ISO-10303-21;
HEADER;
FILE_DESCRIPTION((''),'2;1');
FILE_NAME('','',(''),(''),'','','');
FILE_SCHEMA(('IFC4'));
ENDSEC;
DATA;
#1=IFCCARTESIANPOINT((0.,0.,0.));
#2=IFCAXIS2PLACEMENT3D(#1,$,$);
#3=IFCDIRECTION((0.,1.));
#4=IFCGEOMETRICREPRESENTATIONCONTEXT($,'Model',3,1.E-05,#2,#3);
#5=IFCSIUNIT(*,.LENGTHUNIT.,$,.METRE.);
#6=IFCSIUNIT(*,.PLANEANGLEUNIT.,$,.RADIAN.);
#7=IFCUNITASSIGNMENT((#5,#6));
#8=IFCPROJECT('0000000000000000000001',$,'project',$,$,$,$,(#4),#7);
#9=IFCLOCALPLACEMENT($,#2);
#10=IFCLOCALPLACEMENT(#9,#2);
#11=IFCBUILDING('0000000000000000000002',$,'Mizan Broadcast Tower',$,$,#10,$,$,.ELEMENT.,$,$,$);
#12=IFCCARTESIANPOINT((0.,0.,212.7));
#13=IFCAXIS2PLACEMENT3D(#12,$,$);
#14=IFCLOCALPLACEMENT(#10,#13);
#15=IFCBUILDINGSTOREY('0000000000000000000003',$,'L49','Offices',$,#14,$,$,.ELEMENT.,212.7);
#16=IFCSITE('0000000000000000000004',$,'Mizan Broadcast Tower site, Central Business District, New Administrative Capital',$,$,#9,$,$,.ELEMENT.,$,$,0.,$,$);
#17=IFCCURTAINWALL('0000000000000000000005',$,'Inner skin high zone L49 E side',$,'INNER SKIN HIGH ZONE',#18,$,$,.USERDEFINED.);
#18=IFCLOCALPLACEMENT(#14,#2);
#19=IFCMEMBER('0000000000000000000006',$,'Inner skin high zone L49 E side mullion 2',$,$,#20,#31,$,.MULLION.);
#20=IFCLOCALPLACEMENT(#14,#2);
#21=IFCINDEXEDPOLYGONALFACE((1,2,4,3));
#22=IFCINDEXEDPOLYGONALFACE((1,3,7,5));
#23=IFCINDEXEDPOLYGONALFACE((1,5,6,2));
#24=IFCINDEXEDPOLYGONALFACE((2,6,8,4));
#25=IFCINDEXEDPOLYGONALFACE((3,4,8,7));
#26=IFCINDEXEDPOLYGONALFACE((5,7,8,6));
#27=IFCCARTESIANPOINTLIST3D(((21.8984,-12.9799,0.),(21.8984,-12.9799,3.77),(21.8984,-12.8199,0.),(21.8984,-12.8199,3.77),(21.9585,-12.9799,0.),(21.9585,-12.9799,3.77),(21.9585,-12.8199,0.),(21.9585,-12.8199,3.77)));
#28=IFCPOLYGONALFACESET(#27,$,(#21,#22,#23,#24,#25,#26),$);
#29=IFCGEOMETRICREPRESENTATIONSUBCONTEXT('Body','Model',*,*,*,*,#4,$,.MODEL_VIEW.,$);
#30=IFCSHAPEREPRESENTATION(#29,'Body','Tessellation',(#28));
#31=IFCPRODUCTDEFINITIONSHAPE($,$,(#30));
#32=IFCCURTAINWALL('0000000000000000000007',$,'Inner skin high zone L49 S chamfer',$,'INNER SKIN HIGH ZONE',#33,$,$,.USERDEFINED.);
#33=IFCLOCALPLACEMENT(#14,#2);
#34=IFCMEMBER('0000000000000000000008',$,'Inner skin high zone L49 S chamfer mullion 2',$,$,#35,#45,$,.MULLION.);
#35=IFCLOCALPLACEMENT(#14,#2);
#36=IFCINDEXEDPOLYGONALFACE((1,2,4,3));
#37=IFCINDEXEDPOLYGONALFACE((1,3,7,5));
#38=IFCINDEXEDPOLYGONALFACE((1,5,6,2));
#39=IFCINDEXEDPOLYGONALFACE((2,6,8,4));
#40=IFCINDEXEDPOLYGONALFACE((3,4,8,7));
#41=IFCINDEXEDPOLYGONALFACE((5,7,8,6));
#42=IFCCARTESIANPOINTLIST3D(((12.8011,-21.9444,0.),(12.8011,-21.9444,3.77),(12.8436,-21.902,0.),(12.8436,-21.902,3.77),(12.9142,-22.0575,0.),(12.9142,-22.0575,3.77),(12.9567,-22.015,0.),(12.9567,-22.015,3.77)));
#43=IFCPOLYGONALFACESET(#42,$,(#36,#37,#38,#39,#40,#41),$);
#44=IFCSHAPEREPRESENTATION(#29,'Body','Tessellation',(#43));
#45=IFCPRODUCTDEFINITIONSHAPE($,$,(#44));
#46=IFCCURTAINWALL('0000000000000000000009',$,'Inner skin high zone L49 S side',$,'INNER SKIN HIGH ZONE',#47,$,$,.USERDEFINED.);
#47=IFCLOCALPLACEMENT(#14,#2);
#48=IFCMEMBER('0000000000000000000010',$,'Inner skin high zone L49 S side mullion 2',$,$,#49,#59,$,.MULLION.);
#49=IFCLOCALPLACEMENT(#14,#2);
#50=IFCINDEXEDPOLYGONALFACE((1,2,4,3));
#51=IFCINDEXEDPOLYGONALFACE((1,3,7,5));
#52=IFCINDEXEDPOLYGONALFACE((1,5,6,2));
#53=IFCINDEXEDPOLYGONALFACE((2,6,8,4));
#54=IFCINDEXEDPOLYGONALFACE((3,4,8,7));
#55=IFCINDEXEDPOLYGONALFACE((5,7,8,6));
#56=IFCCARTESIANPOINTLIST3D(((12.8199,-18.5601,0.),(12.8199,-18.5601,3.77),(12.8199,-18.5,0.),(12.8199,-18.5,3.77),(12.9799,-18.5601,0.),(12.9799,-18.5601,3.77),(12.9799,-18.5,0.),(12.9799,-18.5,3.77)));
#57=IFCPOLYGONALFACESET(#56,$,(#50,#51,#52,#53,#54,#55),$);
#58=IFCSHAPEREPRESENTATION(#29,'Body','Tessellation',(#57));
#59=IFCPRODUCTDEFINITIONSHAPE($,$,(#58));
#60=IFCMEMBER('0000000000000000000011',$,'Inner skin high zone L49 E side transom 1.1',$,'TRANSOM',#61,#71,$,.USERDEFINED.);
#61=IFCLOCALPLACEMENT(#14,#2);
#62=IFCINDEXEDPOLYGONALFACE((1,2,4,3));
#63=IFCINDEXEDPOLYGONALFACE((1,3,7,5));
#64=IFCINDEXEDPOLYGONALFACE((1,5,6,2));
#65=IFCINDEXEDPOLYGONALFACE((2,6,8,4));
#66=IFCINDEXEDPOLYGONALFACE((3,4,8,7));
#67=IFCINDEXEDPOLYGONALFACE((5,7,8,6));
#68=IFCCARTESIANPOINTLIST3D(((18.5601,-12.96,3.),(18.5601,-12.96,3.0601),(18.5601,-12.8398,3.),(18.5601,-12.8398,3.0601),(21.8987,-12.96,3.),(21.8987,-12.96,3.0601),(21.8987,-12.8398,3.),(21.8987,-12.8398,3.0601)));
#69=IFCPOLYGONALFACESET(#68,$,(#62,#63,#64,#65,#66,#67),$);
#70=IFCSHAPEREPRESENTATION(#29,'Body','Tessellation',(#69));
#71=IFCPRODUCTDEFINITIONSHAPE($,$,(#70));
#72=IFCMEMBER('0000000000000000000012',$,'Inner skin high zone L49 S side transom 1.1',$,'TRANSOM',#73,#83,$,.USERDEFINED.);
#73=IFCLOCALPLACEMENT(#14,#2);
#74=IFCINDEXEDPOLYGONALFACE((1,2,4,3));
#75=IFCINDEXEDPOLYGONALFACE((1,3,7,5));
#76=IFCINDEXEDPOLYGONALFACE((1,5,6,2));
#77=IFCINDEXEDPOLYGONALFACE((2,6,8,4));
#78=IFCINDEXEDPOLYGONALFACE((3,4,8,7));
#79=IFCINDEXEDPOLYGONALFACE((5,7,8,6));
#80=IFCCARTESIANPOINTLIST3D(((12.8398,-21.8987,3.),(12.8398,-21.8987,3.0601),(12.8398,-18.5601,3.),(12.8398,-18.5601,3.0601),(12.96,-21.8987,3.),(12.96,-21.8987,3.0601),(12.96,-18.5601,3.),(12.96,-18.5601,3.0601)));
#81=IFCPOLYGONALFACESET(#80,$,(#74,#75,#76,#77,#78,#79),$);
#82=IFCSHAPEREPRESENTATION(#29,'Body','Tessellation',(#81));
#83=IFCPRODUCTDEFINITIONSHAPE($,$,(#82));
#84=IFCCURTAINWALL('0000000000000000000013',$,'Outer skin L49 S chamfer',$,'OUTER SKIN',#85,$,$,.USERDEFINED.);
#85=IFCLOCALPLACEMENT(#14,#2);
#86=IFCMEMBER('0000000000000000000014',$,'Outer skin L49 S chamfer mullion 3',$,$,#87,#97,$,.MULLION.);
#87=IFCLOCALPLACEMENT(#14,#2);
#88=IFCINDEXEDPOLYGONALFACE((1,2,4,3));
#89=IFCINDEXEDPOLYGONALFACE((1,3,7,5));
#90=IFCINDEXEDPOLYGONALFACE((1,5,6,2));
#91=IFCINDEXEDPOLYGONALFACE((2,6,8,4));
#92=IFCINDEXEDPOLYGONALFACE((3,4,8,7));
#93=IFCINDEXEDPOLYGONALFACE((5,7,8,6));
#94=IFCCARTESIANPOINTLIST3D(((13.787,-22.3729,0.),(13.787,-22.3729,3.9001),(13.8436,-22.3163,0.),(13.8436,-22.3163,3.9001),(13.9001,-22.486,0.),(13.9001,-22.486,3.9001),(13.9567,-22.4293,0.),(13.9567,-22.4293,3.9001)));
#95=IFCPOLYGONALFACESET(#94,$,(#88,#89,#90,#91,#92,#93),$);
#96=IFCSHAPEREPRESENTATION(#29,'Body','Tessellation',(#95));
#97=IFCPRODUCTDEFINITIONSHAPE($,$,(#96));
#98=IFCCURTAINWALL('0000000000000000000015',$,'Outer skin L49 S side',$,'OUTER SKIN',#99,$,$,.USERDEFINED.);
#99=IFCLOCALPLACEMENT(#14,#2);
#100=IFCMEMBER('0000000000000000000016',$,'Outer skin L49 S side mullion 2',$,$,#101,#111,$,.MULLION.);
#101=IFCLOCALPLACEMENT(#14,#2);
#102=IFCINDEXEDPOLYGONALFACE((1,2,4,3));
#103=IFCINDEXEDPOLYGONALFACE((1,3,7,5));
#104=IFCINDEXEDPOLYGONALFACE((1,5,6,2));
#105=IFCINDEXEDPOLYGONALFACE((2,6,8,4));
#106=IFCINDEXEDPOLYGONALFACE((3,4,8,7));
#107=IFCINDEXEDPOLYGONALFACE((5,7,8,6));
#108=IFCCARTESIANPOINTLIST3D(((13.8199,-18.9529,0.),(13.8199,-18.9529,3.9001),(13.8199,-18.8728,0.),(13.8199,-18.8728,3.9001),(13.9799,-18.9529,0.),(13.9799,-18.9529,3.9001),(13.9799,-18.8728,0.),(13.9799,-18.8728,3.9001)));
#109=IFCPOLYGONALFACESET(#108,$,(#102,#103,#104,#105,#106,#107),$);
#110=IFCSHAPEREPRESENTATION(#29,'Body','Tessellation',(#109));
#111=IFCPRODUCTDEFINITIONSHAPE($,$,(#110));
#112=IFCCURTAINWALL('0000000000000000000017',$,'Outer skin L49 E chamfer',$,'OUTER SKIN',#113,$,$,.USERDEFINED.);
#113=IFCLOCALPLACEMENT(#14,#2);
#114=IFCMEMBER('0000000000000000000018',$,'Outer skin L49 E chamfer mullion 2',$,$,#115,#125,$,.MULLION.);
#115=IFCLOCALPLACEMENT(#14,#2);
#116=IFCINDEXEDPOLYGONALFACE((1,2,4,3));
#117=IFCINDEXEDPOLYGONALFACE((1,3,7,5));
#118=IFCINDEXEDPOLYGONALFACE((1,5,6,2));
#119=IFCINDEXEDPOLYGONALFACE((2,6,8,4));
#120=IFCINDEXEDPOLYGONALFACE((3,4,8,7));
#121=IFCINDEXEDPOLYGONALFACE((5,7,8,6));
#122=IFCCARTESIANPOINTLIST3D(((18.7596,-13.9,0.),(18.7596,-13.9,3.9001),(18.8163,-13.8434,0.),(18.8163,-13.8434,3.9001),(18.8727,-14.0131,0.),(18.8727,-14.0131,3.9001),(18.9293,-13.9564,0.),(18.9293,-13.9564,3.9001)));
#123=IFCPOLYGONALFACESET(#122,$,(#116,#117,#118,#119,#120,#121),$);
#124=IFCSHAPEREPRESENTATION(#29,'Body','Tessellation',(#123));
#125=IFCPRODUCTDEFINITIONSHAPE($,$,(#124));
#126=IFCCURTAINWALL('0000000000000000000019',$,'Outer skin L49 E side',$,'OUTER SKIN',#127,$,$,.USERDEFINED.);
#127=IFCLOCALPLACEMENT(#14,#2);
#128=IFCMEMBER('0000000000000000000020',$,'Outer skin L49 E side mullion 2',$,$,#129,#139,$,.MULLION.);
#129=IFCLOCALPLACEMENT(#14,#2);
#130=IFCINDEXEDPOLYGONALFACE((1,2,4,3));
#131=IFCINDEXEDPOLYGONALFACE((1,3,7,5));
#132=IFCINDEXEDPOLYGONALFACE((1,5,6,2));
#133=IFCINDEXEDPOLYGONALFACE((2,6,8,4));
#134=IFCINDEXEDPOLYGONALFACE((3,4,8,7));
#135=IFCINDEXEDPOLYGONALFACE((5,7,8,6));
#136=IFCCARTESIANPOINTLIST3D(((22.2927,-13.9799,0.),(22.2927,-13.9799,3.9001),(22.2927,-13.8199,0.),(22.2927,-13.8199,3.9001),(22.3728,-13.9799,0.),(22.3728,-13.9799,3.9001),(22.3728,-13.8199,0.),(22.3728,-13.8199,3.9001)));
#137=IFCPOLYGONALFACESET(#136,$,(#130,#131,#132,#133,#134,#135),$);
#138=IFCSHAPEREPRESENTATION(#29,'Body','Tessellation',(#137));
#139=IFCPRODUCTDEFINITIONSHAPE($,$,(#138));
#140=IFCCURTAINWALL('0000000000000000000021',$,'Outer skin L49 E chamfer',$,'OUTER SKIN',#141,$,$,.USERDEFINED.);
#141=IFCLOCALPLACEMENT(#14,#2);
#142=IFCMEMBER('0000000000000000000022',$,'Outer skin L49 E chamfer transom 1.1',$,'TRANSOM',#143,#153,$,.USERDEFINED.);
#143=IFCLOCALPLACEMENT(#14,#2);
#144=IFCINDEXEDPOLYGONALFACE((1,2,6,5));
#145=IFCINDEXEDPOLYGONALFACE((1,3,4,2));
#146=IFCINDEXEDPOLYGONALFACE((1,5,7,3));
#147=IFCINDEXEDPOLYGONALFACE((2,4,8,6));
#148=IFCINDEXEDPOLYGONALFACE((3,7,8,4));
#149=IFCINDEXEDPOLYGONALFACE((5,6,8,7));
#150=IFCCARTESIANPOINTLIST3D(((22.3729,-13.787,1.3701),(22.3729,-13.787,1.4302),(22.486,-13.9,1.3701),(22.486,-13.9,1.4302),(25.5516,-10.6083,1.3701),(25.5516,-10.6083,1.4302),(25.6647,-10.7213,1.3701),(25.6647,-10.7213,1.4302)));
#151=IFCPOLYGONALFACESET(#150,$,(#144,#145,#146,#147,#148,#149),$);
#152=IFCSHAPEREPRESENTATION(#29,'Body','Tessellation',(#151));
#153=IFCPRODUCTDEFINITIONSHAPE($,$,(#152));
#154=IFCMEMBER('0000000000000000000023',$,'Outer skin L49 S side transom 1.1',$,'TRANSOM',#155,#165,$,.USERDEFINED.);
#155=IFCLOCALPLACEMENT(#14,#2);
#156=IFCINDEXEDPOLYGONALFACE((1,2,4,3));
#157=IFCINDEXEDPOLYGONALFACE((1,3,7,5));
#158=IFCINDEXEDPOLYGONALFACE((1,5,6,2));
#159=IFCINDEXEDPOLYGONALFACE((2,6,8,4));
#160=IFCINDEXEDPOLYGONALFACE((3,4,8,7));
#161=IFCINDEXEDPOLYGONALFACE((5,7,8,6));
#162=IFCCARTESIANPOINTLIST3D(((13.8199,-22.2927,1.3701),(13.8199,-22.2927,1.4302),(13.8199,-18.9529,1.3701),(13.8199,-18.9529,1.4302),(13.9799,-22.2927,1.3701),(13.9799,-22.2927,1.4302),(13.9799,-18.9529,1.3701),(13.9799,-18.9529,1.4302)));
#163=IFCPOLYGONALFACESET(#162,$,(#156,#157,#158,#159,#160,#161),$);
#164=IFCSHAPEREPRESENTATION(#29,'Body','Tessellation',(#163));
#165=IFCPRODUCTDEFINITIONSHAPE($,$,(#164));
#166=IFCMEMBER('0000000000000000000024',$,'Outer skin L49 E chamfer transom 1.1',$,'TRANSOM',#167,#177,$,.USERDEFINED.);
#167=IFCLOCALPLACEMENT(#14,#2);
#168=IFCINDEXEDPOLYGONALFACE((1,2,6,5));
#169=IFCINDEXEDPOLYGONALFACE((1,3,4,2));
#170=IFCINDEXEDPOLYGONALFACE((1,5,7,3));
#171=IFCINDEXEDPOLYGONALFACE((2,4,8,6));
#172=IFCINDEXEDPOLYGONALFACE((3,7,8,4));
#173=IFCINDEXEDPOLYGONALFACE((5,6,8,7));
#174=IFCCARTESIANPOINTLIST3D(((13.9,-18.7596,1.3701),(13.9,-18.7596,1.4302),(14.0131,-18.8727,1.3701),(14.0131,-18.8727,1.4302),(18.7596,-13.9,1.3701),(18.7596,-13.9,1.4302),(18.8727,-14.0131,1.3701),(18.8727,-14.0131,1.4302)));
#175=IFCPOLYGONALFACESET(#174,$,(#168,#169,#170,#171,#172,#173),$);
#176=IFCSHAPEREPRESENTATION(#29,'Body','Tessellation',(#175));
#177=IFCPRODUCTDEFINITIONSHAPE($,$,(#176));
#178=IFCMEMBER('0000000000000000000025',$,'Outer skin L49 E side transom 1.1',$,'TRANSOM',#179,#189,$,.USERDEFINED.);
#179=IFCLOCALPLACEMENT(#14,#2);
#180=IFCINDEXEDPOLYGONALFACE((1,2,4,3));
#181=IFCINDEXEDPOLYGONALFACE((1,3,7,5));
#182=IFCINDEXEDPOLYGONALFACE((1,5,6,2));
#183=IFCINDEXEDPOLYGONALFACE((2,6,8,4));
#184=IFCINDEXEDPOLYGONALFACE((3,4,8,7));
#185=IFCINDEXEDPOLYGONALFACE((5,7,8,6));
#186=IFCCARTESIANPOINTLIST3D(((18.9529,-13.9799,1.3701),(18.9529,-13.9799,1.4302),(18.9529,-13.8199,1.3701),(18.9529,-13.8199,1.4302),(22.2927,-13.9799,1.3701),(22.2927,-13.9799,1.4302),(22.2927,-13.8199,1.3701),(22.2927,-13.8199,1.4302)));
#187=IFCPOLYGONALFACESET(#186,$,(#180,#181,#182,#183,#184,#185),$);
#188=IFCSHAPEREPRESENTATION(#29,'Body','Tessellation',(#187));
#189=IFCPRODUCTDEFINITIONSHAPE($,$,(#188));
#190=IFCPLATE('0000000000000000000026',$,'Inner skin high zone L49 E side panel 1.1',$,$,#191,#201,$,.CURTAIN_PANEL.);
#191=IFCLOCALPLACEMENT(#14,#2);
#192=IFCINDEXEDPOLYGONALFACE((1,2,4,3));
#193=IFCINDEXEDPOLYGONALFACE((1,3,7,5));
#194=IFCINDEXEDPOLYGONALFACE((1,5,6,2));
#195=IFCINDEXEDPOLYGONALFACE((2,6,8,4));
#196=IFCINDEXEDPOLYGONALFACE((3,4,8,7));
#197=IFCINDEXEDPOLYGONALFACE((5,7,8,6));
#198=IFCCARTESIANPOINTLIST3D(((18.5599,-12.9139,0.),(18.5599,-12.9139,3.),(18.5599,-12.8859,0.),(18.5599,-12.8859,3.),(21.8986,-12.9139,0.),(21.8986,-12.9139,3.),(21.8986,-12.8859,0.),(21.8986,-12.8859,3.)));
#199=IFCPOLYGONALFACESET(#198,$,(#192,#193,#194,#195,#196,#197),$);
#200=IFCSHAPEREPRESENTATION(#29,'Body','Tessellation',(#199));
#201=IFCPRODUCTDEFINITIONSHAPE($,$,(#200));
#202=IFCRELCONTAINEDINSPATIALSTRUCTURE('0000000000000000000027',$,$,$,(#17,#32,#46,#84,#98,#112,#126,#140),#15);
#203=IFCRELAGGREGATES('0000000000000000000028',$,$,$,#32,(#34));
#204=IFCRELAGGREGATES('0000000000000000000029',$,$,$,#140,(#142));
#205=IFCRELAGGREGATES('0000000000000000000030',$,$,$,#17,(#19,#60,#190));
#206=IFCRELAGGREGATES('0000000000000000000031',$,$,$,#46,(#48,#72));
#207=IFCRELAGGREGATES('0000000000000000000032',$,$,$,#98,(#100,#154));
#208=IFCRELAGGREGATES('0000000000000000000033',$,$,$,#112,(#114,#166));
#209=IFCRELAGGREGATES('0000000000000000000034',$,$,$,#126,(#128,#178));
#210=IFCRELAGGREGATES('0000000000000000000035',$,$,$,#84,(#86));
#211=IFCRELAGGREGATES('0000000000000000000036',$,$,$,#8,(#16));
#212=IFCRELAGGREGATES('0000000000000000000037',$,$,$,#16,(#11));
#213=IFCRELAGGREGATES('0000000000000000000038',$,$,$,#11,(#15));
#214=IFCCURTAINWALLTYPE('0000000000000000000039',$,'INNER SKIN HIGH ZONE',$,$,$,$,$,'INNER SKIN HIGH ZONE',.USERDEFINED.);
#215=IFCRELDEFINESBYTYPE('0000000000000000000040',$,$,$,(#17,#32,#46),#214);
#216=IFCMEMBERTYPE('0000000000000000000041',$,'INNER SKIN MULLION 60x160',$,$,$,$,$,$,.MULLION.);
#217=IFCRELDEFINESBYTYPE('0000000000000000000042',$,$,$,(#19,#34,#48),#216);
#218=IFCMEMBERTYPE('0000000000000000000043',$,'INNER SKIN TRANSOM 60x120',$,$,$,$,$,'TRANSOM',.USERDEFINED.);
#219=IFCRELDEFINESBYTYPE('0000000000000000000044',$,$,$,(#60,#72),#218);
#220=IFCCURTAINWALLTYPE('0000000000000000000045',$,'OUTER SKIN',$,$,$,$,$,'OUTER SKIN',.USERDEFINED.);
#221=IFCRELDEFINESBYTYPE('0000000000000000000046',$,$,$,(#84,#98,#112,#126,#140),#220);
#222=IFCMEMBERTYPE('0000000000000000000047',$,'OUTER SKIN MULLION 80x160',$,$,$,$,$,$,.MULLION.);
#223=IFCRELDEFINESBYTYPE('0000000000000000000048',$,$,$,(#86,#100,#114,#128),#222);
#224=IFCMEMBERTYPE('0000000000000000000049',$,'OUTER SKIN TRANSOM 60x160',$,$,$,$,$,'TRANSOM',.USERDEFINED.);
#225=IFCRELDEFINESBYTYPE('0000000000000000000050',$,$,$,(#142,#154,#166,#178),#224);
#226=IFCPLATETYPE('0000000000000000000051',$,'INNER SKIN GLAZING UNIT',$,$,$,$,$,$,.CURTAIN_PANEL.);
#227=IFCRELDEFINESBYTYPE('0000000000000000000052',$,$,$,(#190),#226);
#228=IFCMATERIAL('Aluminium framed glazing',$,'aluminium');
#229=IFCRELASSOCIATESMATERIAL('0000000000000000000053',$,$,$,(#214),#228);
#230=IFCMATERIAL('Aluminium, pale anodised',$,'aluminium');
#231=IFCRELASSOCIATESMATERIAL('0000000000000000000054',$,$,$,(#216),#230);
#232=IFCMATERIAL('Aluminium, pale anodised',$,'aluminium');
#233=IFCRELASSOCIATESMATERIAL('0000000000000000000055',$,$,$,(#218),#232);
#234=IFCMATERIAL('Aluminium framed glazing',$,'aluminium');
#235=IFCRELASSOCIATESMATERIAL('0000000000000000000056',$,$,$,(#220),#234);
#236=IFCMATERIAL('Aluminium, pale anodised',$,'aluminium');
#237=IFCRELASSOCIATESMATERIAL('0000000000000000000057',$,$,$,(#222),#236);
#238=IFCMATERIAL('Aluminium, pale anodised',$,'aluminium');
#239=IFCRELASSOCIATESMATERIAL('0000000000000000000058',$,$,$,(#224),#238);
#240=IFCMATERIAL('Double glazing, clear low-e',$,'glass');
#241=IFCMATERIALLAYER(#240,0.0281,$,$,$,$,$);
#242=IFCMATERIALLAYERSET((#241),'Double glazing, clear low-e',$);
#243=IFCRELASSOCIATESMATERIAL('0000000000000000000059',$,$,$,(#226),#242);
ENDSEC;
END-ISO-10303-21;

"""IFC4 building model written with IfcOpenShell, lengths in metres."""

from ifc_helpers import new_model, si_unit, direction, frame, origin, origin_2d, place, context, subcontext, project, spatial, rectangle, extrude, material, layer, layer_set, material_profile, profile_set, type_object, element, aggregate, save


model = new_model("IFC4")

# Units and contexts
model_context = context("Model", 3, precision=1e-05, world=origin(), true_north=direction((0.0, 1.0)))
body_context = subcontext(model_context, "Body", "Model", "MODEL_VIEW")
ifc_project = project(units=[si_unit("LENGTHUNIT", "METRE"), si_unit("PLANEANGLEUNIT", "RADIAN")], contexts=[model_context])

# Site, building, storey
site_placement = place(None, origin())
site = spatial("IfcSite", under=ifc_project, at=site_placement, Name="Mizan Broadcast Tower site, Central Business District, New Administrative Capital", CompositionType="ELEMENT", RefElevation=0.0)
building_placement = place(site_placement, origin())
building = spatial("IfcBuilding", under=site, at=building_placement, Name="Mizan Broadcast Tower", CompositionType="ELEMENT")
storey_placement = place(building_placement, frame((0.0, 0.0, 212.7)))
storey = spatial("IfcBuildingStorey", under=building, at=storey_placement, Name="L49", Description="Offices", CompositionType="ELEMENT", Elevation=212.7)

# Curtain walls, members
ifc_material_1 = material(Name="Aluminium framed glazing", Category="aluminium")
curtain_wall_type_1 = type_object("IfcCurtainWallType", Name="INNER SKIN HIGH ZONE", ElementType="INNER SKIN HIGH ZONE", PredefinedType="USERDEFINED", material=ifc_material_1)
curtain_wall_1_placement = place(storey_placement, origin())
curtain_wall_1 = element("IfcCurtainWall", 1, at=curtain_wall_1_placement, inside=storey, type_object=curtain_wall_type_1, Name="Inner skin high zone L49 E side", ObjectType="INNER SKIN HIGH ZONE", PredefinedType="USERDEFINED")
ifc_material_2 = material(Name="Aluminium, pale anodised", Category="aluminium")
ifc_material_profile_1 = material_profile(ifc_material_2, rectangle(XDim=0.1599, YDim=0.0601, at=origin_2d()), Name="MULLION 160x60")
ifc_profile_set_1 = profile_set([ifc_material_profile_1], Name="Aluminium, pale anodised")
member_type_1 = type_object("IfcMemberType", Name="INNER SKIN MULLION 60x160", PredefinedType="MULLION", material=ifc_profile_set_1)
member_1_placement = place(storey_placement, frame((21.9285, -12.8999, 0.0), z_axis=(0.0, 0.0, 1.0), x_axis=(0.0, 1.0, 0.0)))
member_1 = element("IfcMember", 2, at=member_1_placement, type_object=member_type_1, Name="Inner skin high zone L49 E side mullion 2", PredefinedType="MULLION", context=body_context, shape_type="SweptSolid", body=[
    extrude(rectangle(XDim=0.1599, YDim=0.0601, at=origin_2d()), origin(), (0.0, 0.0, 1.0), 3.77),
])
curtain_wall_2_placement = place(storey_placement, origin())
curtain_wall_2 = element("IfcCurtainWall", 3, at=curtain_wall_2_placement, inside=storey, type_object=curtain_wall_type_1, Name="Inner skin high zone L49 S chamfer", ObjectType="INNER SKIN HIGH ZONE", PredefinedType="USERDEFINED")
member_2_placement = place(storey_placement, frame((12.8789, -21.9797, 0.0), z_axis=(0.0, 0.0, 1.0), x_axis=(-0.707107, 0.707107, 0.0)))
member_2 = element("IfcMember", 4, at=member_2_placement, type_object=member_type_1, Name="Inner skin high zone L49 S chamfer mullion 2", PredefinedType="MULLION", context=body_context, shape_type="SweptSolid", body=[
    extrude(rectangle(XDim=0.1599, YDim=0.0601, at=origin_2d()), origin(), (0.0, 0.0, 1.0), 3.77),
])
aggregate(curtain_wall_2, [member_2])
curtain_wall_3_placement = place(storey_placement, origin())
curtain_wall_3 = element("IfcCurtainWall", 5, at=curtain_wall_3_placement, inside=storey, type_object=curtain_wall_type_1, Name="Inner skin high zone L49 S side", ObjectType="INNER SKIN HIGH ZONE", PredefinedType="USERDEFINED")
member_3_placement = place(storey_placement, frame((12.8999, -18.53, 0.0), z_axis=(0.0, 0.0, 1.0), x_axis=(-1.0, 0.0, 0.0)))
member_3 = element("IfcMember", 6, at=member_3_placement, type_object=member_type_1, Name="Inner skin high zone L49 S side mullion 2", PredefinedType="MULLION", context=body_context, shape_type="SweptSolid", body=[
    extrude(rectangle(XDim=0.1599, YDim=0.0601, at=origin_2d()), origin(), (0.0, 0.0, 1.0), 3.77),
])

# Members
ifc_material_3 = material(Name="Aluminium, pale anodised", Category="aluminium")
ifc_material_profile_2 = material_profile(ifc_material_3, rectangle(XDim=0.1201, YDim=0.0601, at=origin_2d()), Name="TRANSOM 120x60")
ifc_profile_set_2 = profile_set([ifc_material_profile_2], Name="Aluminium, pale anodised")
member_type_2 = type_object("IfcMemberType", Name="INNER SKIN TRANSOM 60x120", ElementType="TRANSOM", PredefinedType="USERDEFINED", material=ifc_profile_set_2)
member_4_placement = place(storey_placement, frame((18.5601, -12.8999, 3.03), z_axis=(1.0, 0.0, 0.0), x_axis=(0.0, 1.0, 0.0)))
member_4 = element("IfcMember", 7, at=member_4_placement, type_object=member_type_2, Name="Inner skin high zone L49 E side transom 1.1", ObjectType="TRANSOM", PredefinedType="USERDEFINED", context=body_context, shape_type="SweptSolid", body=[
    extrude(rectangle(XDim=0.1201, YDim=0.0601, at=origin_2d()), origin(), (0.0, 0.0, 1.0), 3.3386),
])
member_5_placement = place(storey_placement, frame((12.8999, -21.8987, 3.03), z_axis=(0.0, 1.0, 0.0), x_axis=(-1.0, 0.0, 0.0)))
member_5 = element("IfcMember", 8, at=member_5_placement, type_object=member_type_2, Name="Inner skin high zone L49 S side transom 1.1", ObjectType="TRANSOM", PredefinedType="USERDEFINED", context=body_context, shape_type="SweptSolid", body=[
    extrude(rectangle(XDim=0.1201, YDim=0.0601, at=origin_2d()), origin(), (0.0, 0.0, 1.0), 3.3386),
])

# Curtain walls, members
ifc_material_4 = material(Name="Aluminium framed glazing", Category="aluminium")
curtain_wall_type_2 = type_object("IfcCurtainWallType", Name="OUTER SKIN", ElementType="OUTER SKIN", PredefinedType="USERDEFINED", material=ifc_material_4)
curtain_wall_4_placement = place(storey_placement, origin())
curtain_wall_4 = element("IfcCurtainWall", 9, at=curtain_wall_4_placement, inside=storey, type_object=curtain_wall_type_2, Name="Outer skin L49 S chamfer", ObjectType="OUTER SKIN", PredefinedType="USERDEFINED")
ifc_material_5 = material(Name="Aluminium, pale anodised", Category="aluminium")
ifc_material_profile_3 = material_profile(ifc_material_5, rectangle(XDim=0.1599, YDim=0.0801, at=origin_2d()), Name="MULLION 160x80")
ifc_profile_set_3 = profile_set([ifc_material_profile_3], Name="Aluminium, pale anodised")
member_type_3 = type_object("IfcMemberType", Name="OUTER SKIN MULLION 80x160", PredefinedType="MULLION", material=ifc_profile_set_3)
member_6_placement = place(storey_placement, frame((13.8718, -22.4011, 0.0), z_axis=(0.0, 0.0, 1.0), x_axis=(-0.707107, 0.707107, 0.0)))
member_6 = element("IfcMember", 10, at=member_6_placement, type_object=member_type_3, Name="Outer skin L49 S chamfer mullion 3", PredefinedType="MULLION", context=body_context, shape_type="SweptSolid", body=[
    extrude(rectangle(XDim=0.1599, YDim=0.0801, at=origin_2d()), origin(), (0.0, 0.0, 1.0), 3.9001),
])
curtain_wall_5_placement = place(storey_placement, origin())
curtain_wall_5 = element("IfcCurtainWall", 11, at=curtain_wall_5_placement, inside=storey, type_object=curtain_wall_type_2, Name="Outer skin L49 S side", ObjectType="OUTER SKIN", PredefinedType="USERDEFINED")
member_7_placement = place(storey_placement, frame((13.8999, -18.9128, 0.0), z_axis=(0.0, 0.0, 1.0), x_axis=(-1.0, 0.0, 0.0)))
member_7 = element("IfcMember", 12, at=member_7_placement, type_object=member_type_3, Name="Outer skin L49 S side mullion 2", PredefinedType="MULLION", context=body_context, shape_type="SweptSolid", body=[
    extrude(rectangle(XDim=0.1599, YDim=0.0801, at=origin_2d()), origin(), (0.0, 0.0, 1.0), 3.9001),
])
curtain_wall_6_placement = place(storey_placement, origin())
curtain_wall_6 = element("IfcCurtainWall", 13, at=curtain_wall_6_placement, inside=storey, type_object=curtain_wall_type_2, Name="Outer skin L49 E chamfer", ObjectType="OUTER SKIN", PredefinedType="USERDEFINED")
member_8_placement = place(storey_placement, frame((18.8445, -13.9282, 0.0), z_axis=(0.0, 0.0, 1.0), x_axis=(-0.707107, 0.707107, 0.0)))
member_8 = element("IfcMember", 14, at=member_8_placement, type_object=member_type_3, Name="Outer skin L49 E chamfer mullion 2", PredefinedType="MULLION", context=body_context, shape_type="SweptSolid", body=[
    extrude(rectangle(XDim=0.1599, YDim=0.0801, at=origin_2d()), origin(), (0.0, 0.0, 1.0), 3.9001),
])
curtain_wall_7_placement = place(storey_placement, origin())
curtain_wall_7 = element("IfcCurtainWall", 15, at=curtain_wall_7_placement, inside=storey, type_object=curtain_wall_type_2, Name="Outer skin L49 E side", ObjectType="OUTER SKIN", PredefinedType="USERDEFINED")
member_9_placement = place(storey_placement, frame((22.3328, -13.8999, 0.0), z_axis=(0.0, 0.0, 1.0), x_axis=(0.0, 1.0, 0.0)))
member_9 = element("IfcMember", 16, at=member_9_placement, type_object=member_type_3, Name="Outer skin L49 E side mullion 2", PredefinedType="MULLION", context=body_context, shape_type="SweptSolid", body=[
    extrude(rectangle(XDim=0.1599, YDim=0.0801, at=origin_2d()), origin(), (0.0, 0.0, 1.0), 3.9001),
])
curtain_wall_8_placement = place(storey_placement, origin())
curtain_wall_8 = element("IfcCurtainWall", 17, at=curtain_wall_8_placement, inside=storey, type_object=curtain_wall_type_2, Name="Outer skin L49 E chamfer", ObjectType="OUTER SKIN", PredefinedType="USERDEFINED")
ifc_material_6 = material(Name="Aluminium, pale anodised", Category="aluminium")
ifc_material_profile_4 = material_profile(ifc_material_6, rectangle(XDim=0.1599, YDim=0.0601, at=origin_2d()), Name="TRANSOM 160x60")
ifc_profile_set_4 = profile_set([ifc_material_profile_4], Name="Aluminium, pale anodised")
member_type_4 = type_object("IfcMemberType", Name="OUTER SKIN TRANSOM 60x160", ElementType="TRANSOM", PredefinedType="USERDEFINED", material=ifc_profile_set_4)
member_10_placement = place(storey_placement, frame((22.4294, -13.8435, 1.4001), z_axis=(0.707107, 0.707107, 0.0), x_axis=(-0.707107, 0.707107, 0.0)))
member_10 = element("IfcMember", 18, at=member_10_placement, type_object=member_type_4, Name="Outer skin L49 E chamfer transom 1.1", ObjectType="TRANSOM", PredefinedType="USERDEFINED", context=body_context, shape_type="SweptSolid", body=[
    extrude(rectangle(XDim=0.1599, YDim=0.0601, at=origin_2d()), origin(), (0.0, 0.0, 1.0), 4.4954),
])
aggregate(curtain_wall_8, [member_10])

# Members
member_11_placement = place(storey_placement, frame((13.8999, -22.2927, 1.4001), z_axis=(0.0, 1.0, 0.0), x_axis=(-1.0, 0.0, 0.0)))
member_11 = element("IfcMember", 19, at=member_11_placement, type_object=member_type_4, Name="Outer skin L49 S side transom 1.1", ObjectType="TRANSOM", PredefinedType="USERDEFINED", context=body_context, shape_type="SweptSolid", body=[
    extrude(rectangle(XDim=0.1599, YDim=0.0601, at=origin_2d()), origin(), (0.0, 0.0, 1.0), 3.3398),
])
member_12_placement = place(storey_placement, frame((13.9565, -18.8162, 1.4001), z_axis=(0.707107, 0.707107, 0.0), x_axis=(-0.707107, 0.707107, 0.0)))
member_12 = element("IfcMember", 20, at=member_12_placement, type_object=member_type_4, Name="Outer skin L49 E chamfer transom 1.1", ObjectType="TRANSOM", PredefinedType="USERDEFINED", context=body_context, shape_type="SweptSolid", body=[
    extrude(rectangle(XDim=0.1599, YDim=0.0601, at=origin_2d()), origin(), (0.0, 0.0, 1.0), 6.8726),
])
member_13_placement = place(storey_placement, frame((18.9529, -13.8999, 1.4001), z_axis=(1.0, 0.0, 0.0), x_axis=(0.0, 1.0, 0.0)))
member_13 = element("IfcMember", 21, at=member_13_placement, type_object=member_type_4, Name="Outer skin L49 E side transom 1.1", ObjectType="TRANSOM", PredefinedType="USERDEFINED", context=body_context, shape_type="SweptSolid", body=[
    extrude(rectangle(XDim=0.1599, YDim=0.0601, at=origin_2d()), origin(), (0.0, 0.0, 1.0), 3.3398),
])

# Plate
ifc_material_7 = material(Name="Double glazing, clear low-e", Category="glass")
ifc_layer_1 = layer(ifc_material_7, 0.0281)
ifc_layer_set_1 = layer_set([ifc_layer_1], Name="Double glazing, clear low-e")
plate_type_1 = type_object("IfcPlateType", Name="INNER SKIN GLAZING UNIT", PredefinedType="CURTAIN_PANEL", material=ifc_layer_set_1)
plate_1_placement = place(storey_placement, frame((20.2292, -12.8999, 0.0), z_axis=(0.0, 0.0, 1.0), x_axis=(1.0, 0.0, 0.0)))
plate_1 = element("IfcPlate", 22, at=plate_1_placement, type_object=plate_type_1, Name="Inner skin high zone L49 E side panel 1.1", PredefinedType="CURTAIN_PANEL", context=body_context, shape_type="SweptSolid", body=[
    extrude(rectangle(XDim=3.3386, YDim=0.0281, at=origin_2d()), origin(), (0.0, 0.0, 1.0), 3.0),
])
aggregate(curtain_wall_1, [member_1, member_4, plate_1])
aggregate(curtain_wall_3, [member_3, member_5])
aggregate(curtain_wall_5, [member_7, member_11])
aggregate(curtain_wall_6, [member_8, member_12])
aggregate(curtain_wall_7, [member_9, member_13])
aggregate(curtain_wall_4, [member_6])

save(model, "model.ifc")
